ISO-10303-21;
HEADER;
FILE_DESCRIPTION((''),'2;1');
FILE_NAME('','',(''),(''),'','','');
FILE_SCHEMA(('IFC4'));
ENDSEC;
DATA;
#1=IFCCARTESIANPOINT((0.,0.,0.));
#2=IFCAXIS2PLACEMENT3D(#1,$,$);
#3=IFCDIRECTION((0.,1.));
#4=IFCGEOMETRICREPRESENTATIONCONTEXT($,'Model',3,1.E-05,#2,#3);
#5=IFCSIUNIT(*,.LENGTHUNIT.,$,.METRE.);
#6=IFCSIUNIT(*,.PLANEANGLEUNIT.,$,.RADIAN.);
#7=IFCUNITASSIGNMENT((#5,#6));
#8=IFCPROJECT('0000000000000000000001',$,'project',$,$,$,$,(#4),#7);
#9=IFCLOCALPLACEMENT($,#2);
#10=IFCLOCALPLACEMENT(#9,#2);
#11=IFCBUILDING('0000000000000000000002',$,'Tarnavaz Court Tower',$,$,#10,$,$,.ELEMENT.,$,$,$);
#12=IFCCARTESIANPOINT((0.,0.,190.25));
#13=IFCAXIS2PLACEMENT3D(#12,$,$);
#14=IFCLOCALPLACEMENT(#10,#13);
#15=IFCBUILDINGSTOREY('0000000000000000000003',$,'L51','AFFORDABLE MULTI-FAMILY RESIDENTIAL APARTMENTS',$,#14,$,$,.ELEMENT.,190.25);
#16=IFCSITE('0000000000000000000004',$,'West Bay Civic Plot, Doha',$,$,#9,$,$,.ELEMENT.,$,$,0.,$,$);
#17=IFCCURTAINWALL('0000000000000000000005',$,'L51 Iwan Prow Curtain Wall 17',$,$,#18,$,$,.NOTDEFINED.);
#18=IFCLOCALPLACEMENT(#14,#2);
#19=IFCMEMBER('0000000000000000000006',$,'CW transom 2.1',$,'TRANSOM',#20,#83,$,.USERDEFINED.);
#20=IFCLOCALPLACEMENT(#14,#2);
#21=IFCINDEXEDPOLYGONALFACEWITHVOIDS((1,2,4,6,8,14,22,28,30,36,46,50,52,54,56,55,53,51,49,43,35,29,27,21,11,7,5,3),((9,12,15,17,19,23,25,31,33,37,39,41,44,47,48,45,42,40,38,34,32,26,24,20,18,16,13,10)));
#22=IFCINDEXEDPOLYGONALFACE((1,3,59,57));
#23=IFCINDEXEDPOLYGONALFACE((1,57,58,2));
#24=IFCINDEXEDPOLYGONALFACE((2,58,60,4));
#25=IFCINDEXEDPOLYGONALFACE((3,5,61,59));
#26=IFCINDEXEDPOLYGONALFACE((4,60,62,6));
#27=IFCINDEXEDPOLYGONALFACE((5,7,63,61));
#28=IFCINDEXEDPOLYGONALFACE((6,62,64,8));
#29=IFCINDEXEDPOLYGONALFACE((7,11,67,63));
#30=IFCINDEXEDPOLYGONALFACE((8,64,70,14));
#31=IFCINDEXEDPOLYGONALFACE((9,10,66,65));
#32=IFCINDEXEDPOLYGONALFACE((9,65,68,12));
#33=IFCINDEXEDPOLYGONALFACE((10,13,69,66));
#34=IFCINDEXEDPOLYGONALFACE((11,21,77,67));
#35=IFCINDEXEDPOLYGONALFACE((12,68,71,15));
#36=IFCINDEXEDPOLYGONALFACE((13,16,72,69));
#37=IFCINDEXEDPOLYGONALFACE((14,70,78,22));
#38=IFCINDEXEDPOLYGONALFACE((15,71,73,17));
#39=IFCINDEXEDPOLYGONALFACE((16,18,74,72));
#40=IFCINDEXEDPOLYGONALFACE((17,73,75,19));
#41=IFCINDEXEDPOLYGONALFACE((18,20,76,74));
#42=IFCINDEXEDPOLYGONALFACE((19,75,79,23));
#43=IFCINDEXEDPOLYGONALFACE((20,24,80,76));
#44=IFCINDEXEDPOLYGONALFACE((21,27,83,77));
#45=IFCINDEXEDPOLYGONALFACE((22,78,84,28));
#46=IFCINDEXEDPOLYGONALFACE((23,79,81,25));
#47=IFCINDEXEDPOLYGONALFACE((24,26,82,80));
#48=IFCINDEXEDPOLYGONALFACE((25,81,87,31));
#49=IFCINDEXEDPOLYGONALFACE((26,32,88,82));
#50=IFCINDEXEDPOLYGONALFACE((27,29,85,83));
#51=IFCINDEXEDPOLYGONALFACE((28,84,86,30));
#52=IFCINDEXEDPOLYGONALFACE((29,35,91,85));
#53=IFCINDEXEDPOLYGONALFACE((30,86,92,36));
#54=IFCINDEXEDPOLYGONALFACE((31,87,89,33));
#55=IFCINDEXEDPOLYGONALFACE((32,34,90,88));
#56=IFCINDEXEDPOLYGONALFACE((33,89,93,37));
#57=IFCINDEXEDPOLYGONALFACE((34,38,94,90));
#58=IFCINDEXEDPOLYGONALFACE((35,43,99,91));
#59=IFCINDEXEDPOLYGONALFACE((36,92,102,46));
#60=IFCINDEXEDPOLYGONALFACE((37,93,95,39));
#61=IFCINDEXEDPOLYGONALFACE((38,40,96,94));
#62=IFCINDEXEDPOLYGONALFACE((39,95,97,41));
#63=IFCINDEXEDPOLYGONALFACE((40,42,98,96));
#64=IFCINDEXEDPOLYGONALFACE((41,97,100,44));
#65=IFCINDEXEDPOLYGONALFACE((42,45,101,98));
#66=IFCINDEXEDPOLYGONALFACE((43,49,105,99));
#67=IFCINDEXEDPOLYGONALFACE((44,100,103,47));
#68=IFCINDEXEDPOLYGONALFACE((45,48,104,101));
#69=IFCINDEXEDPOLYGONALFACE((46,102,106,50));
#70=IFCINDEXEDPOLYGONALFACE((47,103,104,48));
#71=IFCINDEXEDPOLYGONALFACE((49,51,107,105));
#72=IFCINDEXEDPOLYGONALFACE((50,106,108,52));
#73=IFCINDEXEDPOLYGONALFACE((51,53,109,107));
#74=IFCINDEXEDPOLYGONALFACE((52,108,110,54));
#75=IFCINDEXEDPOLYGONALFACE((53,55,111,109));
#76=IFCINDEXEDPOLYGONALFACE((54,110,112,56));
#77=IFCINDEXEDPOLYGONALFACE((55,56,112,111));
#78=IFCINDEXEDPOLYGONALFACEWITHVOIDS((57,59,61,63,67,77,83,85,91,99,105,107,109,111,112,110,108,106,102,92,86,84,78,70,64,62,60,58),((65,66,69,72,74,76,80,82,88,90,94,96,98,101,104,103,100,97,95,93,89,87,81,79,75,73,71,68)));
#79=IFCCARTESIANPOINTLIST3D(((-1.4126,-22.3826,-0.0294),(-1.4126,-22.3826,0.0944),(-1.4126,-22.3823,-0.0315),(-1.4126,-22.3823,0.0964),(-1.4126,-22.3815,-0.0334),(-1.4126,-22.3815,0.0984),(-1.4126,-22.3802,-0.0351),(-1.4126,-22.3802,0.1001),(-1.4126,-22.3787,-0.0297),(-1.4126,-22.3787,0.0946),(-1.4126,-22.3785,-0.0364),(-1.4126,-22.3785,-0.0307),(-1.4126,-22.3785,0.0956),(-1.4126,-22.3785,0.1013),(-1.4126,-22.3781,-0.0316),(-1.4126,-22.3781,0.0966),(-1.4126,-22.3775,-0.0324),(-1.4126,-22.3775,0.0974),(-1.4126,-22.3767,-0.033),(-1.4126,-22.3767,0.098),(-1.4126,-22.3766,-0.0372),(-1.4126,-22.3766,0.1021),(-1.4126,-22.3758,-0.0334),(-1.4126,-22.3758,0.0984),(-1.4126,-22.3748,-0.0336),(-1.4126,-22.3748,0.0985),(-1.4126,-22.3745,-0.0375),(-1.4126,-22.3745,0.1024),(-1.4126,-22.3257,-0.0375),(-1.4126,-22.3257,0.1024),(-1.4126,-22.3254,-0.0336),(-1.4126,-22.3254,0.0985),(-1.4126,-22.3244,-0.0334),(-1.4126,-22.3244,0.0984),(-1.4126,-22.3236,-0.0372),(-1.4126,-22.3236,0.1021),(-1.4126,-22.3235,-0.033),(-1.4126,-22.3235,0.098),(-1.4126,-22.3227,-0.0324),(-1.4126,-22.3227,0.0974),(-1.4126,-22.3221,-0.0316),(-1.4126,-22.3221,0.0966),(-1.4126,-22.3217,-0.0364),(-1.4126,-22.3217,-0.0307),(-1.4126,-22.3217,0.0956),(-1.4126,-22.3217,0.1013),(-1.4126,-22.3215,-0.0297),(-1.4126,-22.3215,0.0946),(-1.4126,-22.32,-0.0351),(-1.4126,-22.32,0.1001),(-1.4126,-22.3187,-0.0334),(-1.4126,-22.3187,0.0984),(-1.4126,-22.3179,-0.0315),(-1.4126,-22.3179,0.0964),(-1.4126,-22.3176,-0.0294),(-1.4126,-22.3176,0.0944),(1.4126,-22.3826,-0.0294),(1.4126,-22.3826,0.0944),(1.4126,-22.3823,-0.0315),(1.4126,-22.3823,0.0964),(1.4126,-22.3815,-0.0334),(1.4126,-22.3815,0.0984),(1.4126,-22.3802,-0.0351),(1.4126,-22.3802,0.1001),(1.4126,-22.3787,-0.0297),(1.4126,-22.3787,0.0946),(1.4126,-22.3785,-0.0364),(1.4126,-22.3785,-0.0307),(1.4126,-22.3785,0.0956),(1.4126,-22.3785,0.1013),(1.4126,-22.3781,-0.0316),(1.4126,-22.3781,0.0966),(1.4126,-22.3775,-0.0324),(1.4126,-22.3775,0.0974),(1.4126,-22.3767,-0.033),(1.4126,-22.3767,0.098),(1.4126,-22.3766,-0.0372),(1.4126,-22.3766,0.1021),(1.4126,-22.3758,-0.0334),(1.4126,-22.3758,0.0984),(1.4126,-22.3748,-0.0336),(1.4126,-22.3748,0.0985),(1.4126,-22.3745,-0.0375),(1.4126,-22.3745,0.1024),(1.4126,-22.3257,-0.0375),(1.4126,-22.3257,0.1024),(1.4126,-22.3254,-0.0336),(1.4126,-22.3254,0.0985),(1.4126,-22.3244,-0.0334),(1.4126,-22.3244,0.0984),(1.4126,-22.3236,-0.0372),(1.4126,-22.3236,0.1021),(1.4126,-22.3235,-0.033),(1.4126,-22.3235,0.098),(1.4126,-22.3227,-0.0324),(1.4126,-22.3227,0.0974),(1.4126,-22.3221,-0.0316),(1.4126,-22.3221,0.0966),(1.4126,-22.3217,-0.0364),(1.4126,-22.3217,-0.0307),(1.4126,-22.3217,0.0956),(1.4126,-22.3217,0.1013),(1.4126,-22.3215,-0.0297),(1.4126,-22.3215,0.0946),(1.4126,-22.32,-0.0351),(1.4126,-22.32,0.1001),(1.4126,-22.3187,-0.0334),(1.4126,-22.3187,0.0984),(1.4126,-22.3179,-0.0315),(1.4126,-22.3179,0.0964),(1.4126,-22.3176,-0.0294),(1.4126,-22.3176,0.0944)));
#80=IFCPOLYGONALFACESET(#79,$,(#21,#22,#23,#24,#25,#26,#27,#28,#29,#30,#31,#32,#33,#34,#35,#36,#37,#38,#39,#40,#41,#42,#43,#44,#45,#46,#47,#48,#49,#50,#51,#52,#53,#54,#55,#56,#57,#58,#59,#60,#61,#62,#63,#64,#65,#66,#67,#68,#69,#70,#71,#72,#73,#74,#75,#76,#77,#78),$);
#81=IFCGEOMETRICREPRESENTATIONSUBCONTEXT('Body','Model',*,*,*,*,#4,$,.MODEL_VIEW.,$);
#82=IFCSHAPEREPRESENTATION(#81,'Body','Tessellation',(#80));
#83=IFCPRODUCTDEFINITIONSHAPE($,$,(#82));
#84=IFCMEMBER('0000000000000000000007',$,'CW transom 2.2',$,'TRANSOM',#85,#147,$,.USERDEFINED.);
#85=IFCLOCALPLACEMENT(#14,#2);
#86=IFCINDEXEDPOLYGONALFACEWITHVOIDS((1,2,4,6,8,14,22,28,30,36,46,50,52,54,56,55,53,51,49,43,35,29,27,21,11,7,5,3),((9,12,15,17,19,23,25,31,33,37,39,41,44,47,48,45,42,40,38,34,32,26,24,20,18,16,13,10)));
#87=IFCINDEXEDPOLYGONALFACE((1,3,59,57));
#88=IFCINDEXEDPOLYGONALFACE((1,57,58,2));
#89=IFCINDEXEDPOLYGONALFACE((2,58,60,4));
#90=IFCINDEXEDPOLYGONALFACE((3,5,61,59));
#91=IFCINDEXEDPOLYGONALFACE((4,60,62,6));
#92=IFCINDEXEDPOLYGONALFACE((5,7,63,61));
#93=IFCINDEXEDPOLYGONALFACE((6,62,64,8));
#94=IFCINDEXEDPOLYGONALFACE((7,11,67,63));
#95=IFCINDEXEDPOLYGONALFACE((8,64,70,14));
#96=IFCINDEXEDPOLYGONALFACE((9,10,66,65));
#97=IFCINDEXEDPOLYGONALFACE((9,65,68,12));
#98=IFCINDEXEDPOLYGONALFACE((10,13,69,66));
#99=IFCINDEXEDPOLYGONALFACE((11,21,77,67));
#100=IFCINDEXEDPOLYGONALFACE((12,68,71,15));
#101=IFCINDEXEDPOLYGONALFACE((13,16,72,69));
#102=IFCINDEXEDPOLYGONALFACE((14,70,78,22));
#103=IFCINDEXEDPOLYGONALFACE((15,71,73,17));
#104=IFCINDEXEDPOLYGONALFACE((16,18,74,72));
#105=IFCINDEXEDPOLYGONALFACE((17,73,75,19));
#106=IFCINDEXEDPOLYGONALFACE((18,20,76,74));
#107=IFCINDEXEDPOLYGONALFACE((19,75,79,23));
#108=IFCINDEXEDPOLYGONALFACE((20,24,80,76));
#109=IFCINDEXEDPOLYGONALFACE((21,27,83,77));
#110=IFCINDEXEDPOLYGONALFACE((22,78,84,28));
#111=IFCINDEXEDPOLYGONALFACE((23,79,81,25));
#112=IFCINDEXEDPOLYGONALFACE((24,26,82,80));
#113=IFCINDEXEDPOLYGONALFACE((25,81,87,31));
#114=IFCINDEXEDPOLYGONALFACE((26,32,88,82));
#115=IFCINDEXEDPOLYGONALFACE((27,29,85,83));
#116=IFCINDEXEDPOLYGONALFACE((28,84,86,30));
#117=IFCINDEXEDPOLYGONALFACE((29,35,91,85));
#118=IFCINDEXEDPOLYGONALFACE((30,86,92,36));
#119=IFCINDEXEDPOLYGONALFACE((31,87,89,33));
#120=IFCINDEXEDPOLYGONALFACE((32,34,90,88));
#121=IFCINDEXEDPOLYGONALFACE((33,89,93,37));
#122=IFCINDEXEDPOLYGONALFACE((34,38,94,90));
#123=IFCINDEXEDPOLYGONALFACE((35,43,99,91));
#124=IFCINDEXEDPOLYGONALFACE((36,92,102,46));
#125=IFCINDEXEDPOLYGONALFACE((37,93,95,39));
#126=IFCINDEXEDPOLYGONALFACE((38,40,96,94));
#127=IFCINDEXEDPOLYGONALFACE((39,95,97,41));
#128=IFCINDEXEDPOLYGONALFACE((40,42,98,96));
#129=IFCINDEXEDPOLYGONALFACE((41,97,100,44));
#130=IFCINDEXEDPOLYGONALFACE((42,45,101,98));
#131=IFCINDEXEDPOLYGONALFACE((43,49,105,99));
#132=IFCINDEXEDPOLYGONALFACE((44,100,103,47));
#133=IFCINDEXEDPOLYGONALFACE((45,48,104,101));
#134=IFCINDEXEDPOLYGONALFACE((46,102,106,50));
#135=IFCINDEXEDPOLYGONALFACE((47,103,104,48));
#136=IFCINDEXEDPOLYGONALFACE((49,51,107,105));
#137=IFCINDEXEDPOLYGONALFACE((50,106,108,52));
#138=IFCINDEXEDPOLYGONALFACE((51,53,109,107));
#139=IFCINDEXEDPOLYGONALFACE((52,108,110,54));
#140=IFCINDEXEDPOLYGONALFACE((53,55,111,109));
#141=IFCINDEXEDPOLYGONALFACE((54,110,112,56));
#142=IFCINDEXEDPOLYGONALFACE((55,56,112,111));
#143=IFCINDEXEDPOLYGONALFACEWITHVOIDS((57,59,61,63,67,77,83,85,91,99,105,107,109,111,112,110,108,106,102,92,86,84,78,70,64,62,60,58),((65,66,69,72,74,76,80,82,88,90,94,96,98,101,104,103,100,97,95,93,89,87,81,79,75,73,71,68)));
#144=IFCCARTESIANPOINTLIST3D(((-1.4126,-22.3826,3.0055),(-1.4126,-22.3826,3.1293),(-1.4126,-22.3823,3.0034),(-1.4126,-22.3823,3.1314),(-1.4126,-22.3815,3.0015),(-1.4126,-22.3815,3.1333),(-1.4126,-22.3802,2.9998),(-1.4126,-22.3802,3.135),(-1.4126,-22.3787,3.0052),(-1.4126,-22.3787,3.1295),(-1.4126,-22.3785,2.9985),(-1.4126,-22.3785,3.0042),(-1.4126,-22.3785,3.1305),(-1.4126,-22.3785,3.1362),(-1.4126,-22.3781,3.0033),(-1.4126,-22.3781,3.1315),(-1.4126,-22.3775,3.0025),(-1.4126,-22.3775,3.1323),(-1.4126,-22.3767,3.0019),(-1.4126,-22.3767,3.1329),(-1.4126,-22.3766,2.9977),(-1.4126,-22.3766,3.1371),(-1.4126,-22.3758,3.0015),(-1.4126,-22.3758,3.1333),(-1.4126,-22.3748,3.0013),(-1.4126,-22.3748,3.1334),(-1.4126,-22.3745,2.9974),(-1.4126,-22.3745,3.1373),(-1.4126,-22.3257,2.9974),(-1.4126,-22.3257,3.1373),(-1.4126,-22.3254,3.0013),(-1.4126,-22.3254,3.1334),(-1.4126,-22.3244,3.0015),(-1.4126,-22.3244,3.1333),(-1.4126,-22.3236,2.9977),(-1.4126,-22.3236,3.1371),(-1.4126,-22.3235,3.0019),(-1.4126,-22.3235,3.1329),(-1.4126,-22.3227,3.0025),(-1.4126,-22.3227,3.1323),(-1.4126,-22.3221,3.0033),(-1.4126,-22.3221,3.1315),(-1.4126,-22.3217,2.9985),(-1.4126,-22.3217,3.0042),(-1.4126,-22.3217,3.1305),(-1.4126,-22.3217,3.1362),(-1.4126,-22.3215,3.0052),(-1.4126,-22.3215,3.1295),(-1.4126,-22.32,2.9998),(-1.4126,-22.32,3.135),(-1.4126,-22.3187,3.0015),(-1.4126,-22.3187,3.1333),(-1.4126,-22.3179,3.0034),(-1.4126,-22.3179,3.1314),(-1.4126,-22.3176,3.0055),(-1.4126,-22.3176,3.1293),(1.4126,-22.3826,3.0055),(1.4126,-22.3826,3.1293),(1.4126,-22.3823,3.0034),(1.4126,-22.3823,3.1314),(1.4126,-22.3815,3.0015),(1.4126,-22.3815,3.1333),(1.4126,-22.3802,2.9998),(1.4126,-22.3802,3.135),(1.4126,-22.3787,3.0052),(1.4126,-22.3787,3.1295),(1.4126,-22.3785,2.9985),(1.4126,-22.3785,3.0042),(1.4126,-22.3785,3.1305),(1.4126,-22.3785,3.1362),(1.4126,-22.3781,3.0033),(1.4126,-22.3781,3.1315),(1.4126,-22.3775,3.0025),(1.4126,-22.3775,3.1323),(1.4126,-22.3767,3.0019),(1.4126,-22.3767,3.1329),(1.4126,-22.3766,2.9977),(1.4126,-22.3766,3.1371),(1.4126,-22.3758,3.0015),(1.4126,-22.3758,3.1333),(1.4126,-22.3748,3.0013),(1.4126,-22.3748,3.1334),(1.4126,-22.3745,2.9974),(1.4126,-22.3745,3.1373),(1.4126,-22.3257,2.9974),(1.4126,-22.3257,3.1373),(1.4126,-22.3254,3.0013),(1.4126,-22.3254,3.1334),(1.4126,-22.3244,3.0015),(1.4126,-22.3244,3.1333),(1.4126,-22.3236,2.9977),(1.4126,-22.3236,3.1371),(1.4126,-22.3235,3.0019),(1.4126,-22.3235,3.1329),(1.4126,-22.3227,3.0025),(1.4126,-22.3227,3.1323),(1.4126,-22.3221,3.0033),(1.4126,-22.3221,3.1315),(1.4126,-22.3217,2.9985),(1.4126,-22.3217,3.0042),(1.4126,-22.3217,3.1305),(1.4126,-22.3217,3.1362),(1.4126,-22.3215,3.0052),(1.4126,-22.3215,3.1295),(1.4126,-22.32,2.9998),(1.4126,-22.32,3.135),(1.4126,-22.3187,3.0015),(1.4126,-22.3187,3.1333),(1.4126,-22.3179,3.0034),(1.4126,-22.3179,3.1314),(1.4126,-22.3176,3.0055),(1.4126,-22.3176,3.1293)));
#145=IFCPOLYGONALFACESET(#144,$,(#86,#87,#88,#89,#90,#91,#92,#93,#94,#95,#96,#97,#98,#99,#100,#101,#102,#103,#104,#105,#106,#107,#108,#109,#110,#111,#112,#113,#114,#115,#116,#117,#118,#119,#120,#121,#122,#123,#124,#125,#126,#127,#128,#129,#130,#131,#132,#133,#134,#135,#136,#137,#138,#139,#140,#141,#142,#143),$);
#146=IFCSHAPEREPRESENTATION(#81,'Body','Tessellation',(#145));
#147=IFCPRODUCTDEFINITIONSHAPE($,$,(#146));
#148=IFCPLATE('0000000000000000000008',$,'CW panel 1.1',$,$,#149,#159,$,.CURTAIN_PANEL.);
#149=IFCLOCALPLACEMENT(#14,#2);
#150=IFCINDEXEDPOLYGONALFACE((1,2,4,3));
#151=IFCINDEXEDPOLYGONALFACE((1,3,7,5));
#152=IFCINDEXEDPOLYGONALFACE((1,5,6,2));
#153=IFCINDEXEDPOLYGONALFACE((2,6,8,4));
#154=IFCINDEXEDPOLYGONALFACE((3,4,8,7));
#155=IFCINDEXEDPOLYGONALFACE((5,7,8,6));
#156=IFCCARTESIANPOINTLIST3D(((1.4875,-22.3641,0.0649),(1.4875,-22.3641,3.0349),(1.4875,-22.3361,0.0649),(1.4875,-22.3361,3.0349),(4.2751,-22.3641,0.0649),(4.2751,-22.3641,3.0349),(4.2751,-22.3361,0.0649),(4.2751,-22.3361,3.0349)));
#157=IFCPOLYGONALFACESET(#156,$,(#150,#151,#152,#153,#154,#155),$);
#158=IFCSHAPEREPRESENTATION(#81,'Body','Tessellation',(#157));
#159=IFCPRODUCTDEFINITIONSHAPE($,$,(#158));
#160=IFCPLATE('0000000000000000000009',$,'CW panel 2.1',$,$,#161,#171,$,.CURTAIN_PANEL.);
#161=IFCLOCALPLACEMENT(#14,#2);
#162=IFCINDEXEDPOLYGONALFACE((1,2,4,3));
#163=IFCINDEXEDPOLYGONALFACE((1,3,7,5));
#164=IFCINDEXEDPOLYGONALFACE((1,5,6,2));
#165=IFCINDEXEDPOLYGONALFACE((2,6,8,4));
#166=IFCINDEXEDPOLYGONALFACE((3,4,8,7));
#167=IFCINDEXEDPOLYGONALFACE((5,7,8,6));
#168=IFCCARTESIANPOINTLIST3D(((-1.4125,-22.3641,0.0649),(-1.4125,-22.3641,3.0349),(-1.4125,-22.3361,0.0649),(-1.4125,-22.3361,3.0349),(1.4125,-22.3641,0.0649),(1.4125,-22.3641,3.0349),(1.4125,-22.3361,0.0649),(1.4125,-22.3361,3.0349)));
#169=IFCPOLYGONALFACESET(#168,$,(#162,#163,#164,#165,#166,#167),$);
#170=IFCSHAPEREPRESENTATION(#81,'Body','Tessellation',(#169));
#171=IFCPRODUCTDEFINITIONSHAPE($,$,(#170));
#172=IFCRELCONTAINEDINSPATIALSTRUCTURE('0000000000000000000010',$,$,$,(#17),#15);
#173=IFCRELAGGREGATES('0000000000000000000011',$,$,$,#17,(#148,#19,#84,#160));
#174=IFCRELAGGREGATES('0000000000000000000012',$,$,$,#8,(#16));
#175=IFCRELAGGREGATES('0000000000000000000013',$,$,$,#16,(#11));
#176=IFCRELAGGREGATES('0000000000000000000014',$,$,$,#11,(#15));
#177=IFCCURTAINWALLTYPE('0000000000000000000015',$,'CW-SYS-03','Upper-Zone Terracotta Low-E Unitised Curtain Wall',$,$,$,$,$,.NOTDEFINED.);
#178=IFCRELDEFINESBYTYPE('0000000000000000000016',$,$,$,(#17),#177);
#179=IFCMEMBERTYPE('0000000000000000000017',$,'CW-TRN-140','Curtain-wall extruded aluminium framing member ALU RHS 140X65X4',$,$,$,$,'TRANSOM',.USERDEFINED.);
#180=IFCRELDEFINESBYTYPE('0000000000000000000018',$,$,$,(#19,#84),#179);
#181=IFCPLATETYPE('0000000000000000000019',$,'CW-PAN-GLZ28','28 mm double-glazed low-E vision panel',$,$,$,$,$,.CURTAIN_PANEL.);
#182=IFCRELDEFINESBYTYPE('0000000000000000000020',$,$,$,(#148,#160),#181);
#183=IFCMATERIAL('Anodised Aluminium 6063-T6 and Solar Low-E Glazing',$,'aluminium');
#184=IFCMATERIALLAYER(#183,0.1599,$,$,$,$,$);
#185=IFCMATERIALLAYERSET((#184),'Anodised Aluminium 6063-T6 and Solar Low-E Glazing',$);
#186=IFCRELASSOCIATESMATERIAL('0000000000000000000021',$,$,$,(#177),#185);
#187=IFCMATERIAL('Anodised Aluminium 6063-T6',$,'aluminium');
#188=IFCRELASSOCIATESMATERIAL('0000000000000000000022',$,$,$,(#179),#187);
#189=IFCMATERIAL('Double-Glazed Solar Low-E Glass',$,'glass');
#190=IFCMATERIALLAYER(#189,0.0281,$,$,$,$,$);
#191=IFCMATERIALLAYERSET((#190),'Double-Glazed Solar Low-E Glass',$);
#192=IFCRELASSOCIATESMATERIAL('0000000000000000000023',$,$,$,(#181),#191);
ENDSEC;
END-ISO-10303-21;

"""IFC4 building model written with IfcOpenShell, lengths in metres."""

from ifc_helpers import new_model, si_unit, direction, frame, origin, origin_2d, place, context, subcontext, project, spatial, rectangle, hollow_rectangle, extrude, material, layer, layer_set, material_profile, profile_set, type_object, element, aggregate, save


model = new_model("IFC4")

# Units and contexts
model_context = context("Model", 3, precision=1e-05, world=origin(), true_north=direction((0.0, 1.0)))
body_context = subcontext(model_context, "Body", "Model", "MODEL_VIEW")
ifc_project = project(units=[si_unit("LENGTHUNIT", "METRE"), si_unit("PLANEANGLEUNIT", "RADIAN")], contexts=[model_context])

# Site, building, storey
site_placement = place(None, origin())
site = spatial("IfcSite", under=ifc_project, at=site_placement, Name="West Bay Civic Plot, Doha", CompositionType="ELEMENT", RefElevation=0.0)
building_placement = place(site_placement, origin())
building = spatial("IfcBuilding", under=site, at=building_placement, Name="Tarnavaz Court Tower", CompositionType="ELEMENT")
storey_placement = place(building_placement, frame((0.0, 0.0, 190.25)))
storey = spatial("IfcBuildingStorey", under=building, at=storey_placement, Name="L51", Description="AFFORDABLE MULTI-FAMILY RESIDENTIAL APARTMENTS", CompositionType="ELEMENT", Elevation=190.25)

# Curtain wall, members, plates
ifc_material_1 = material(Name="Anodised Aluminium 6063-T6 and Solar Low-E Glazing", Category="aluminium")
ifc_layer_1 = layer(ifc_material_1, 0.1599)
ifc_layer_set_1 = layer_set([ifc_layer_1], Name="Anodised Aluminium 6063-T6 and Solar Low-E Glazing")
curtain_wall_type = type_object("IfcCurtainWallType", Name="CW-SYS-03", Description="Upper-Zone Terracotta Low-E Unitised Curtain Wall", PredefinedType="NOTDEFINED", material=ifc_layer_set_1)
curtain_wall_placement = place(storey_placement, origin())
curtain_wall = element("IfcCurtainWall", 1, at=curtain_wall_placement, inside=storey, type_object=curtain_wall_type, Name="L51 Iwan Prow Curtain Wall 17", PredefinedType="NOTDEFINED")
ifc_material_2 = material(Name="Anodised Aluminium 6063-T6", Category="aluminium")
ifc_material_profile_1 = material_profile(ifc_material_2, hollow_rectangle(XDim=0.0649, YDim=0.1399, WallThickness=0.0039, InnerFilletRadius=0.0039, OuterFilletRadius=0.0081, at=origin_2d()), Name="ALU RHS 140X65X4")
ifc_profile_set_1 = profile_set([ifc_material_profile_1], Name="Anodised Aluminium 6063-T6")
member_type_1 = type_object("IfcMemberType", Name="CW-TRN-140", Description="Curtain-wall extruded aluminium framing member ALU RHS 140X65X4", ElementType="TRANSOM", PredefinedType="USERDEFINED", material=ifc_profile_set_1)
member_1_placement = place(storey_placement, frame((1.4126, -22.3501, 0.0325), z_axis=(-1.0, 0.0, 0.0), x_axis=(0.0, -1.0, 0.0)))
member_1 = element("IfcMember", 2, at=member_1_placement, type_object=member_type_1, Name="CW transom 2.1", ObjectType="TRANSOM", PredefinedType="USERDEFINED", context=body_context, shape_type="SweptSolid", body=[
    extrude(hollow_rectangle(XDim=0.0649, YDim=0.1399, WallThickness=0.0039, InnerFilletRadius=0.0039, OuterFilletRadius=0.0081, at=origin_2d()), origin(), (0.0, 0.0, 1.0), 2.8252),
])
member_2_placement = place(storey_placement, frame((1.4126, -22.3501, 3.0674), z_axis=(-1.0, 0.0, 0.0), x_axis=(0.0, -1.0, 0.0)))
member_2 = element("IfcMember", 3, at=member_2_placement, type_object=member_type_1, Name="CW transom 2.2", ObjectType="TRANSOM", PredefinedType="USERDEFINED", context=body_context, shape_type="SweptSolid", body=[
    extrude(hollow_rectangle(XDim=0.0649, YDim=0.1399, WallThickness=0.0039, InnerFilletRadius=0.0039, OuterFilletRadius=0.0081, at=origin_2d()), origin(), (0.0, 0.0, 1.0), 2.8252),
])
ifc_material_3 = material(Name="Double-Glazed Solar Low-E Glass", Category="glass")
ifc_layer_2 = layer(ifc_material_3, 0.0281)
ifc_layer_set_2 = layer_set([ifc_layer_2], Name="Double-Glazed Solar Low-E Glass")
plate_type = type_object("IfcPlateType", Name="CW-PAN-GLZ28", Description="28 mm double-glazed low-E vision panel", PredefinedType="CURTAIN_PANEL", material=ifc_layer_set_2)
plate_1_placement = place(storey_placement, frame((2.8813, -22.3501, 0.0649), z_axis=(0.0, 0.0, 1.0), x_axis=(-1.0, 0.0, 0.0)))
plate_1 = element("IfcPlate", 4, at=plate_1_placement, type_object=plate_type, Name="CW panel 1.1", PredefinedType="CURTAIN_PANEL", context=body_context, shape_type="SweptSolid", body=[
    extrude(rectangle(XDim=2.7876, YDim=0.0281, at=origin_2d()), origin(), (0.0, 0.0, 1.0), 2.97),
])
plate_2_placement = place(storey_placement, frame((0.0, -22.3501, 0.0649), z_axis=(0.0, 0.0, 1.0), x_axis=(-1.0, 0.0, 0.0)))
plate_2 = element("IfcPlate", 5, at=plate_2_placement, type_object=plate_type, Name="CW panel 2.1", PredefinedType="CURTAIN_PANEL", context=body_context, shape_type="SweptSolid", body=[
    extrude(rectangle(XDim=2.825, YDim=0.0281, at=origin_2d()), origin(), (0.0, 0.0, 1.0), 2.97),
])
aggregate(curtain_wall, [plate_1, member_1, member_2, plate_2])

save(model, "model.ifc")
